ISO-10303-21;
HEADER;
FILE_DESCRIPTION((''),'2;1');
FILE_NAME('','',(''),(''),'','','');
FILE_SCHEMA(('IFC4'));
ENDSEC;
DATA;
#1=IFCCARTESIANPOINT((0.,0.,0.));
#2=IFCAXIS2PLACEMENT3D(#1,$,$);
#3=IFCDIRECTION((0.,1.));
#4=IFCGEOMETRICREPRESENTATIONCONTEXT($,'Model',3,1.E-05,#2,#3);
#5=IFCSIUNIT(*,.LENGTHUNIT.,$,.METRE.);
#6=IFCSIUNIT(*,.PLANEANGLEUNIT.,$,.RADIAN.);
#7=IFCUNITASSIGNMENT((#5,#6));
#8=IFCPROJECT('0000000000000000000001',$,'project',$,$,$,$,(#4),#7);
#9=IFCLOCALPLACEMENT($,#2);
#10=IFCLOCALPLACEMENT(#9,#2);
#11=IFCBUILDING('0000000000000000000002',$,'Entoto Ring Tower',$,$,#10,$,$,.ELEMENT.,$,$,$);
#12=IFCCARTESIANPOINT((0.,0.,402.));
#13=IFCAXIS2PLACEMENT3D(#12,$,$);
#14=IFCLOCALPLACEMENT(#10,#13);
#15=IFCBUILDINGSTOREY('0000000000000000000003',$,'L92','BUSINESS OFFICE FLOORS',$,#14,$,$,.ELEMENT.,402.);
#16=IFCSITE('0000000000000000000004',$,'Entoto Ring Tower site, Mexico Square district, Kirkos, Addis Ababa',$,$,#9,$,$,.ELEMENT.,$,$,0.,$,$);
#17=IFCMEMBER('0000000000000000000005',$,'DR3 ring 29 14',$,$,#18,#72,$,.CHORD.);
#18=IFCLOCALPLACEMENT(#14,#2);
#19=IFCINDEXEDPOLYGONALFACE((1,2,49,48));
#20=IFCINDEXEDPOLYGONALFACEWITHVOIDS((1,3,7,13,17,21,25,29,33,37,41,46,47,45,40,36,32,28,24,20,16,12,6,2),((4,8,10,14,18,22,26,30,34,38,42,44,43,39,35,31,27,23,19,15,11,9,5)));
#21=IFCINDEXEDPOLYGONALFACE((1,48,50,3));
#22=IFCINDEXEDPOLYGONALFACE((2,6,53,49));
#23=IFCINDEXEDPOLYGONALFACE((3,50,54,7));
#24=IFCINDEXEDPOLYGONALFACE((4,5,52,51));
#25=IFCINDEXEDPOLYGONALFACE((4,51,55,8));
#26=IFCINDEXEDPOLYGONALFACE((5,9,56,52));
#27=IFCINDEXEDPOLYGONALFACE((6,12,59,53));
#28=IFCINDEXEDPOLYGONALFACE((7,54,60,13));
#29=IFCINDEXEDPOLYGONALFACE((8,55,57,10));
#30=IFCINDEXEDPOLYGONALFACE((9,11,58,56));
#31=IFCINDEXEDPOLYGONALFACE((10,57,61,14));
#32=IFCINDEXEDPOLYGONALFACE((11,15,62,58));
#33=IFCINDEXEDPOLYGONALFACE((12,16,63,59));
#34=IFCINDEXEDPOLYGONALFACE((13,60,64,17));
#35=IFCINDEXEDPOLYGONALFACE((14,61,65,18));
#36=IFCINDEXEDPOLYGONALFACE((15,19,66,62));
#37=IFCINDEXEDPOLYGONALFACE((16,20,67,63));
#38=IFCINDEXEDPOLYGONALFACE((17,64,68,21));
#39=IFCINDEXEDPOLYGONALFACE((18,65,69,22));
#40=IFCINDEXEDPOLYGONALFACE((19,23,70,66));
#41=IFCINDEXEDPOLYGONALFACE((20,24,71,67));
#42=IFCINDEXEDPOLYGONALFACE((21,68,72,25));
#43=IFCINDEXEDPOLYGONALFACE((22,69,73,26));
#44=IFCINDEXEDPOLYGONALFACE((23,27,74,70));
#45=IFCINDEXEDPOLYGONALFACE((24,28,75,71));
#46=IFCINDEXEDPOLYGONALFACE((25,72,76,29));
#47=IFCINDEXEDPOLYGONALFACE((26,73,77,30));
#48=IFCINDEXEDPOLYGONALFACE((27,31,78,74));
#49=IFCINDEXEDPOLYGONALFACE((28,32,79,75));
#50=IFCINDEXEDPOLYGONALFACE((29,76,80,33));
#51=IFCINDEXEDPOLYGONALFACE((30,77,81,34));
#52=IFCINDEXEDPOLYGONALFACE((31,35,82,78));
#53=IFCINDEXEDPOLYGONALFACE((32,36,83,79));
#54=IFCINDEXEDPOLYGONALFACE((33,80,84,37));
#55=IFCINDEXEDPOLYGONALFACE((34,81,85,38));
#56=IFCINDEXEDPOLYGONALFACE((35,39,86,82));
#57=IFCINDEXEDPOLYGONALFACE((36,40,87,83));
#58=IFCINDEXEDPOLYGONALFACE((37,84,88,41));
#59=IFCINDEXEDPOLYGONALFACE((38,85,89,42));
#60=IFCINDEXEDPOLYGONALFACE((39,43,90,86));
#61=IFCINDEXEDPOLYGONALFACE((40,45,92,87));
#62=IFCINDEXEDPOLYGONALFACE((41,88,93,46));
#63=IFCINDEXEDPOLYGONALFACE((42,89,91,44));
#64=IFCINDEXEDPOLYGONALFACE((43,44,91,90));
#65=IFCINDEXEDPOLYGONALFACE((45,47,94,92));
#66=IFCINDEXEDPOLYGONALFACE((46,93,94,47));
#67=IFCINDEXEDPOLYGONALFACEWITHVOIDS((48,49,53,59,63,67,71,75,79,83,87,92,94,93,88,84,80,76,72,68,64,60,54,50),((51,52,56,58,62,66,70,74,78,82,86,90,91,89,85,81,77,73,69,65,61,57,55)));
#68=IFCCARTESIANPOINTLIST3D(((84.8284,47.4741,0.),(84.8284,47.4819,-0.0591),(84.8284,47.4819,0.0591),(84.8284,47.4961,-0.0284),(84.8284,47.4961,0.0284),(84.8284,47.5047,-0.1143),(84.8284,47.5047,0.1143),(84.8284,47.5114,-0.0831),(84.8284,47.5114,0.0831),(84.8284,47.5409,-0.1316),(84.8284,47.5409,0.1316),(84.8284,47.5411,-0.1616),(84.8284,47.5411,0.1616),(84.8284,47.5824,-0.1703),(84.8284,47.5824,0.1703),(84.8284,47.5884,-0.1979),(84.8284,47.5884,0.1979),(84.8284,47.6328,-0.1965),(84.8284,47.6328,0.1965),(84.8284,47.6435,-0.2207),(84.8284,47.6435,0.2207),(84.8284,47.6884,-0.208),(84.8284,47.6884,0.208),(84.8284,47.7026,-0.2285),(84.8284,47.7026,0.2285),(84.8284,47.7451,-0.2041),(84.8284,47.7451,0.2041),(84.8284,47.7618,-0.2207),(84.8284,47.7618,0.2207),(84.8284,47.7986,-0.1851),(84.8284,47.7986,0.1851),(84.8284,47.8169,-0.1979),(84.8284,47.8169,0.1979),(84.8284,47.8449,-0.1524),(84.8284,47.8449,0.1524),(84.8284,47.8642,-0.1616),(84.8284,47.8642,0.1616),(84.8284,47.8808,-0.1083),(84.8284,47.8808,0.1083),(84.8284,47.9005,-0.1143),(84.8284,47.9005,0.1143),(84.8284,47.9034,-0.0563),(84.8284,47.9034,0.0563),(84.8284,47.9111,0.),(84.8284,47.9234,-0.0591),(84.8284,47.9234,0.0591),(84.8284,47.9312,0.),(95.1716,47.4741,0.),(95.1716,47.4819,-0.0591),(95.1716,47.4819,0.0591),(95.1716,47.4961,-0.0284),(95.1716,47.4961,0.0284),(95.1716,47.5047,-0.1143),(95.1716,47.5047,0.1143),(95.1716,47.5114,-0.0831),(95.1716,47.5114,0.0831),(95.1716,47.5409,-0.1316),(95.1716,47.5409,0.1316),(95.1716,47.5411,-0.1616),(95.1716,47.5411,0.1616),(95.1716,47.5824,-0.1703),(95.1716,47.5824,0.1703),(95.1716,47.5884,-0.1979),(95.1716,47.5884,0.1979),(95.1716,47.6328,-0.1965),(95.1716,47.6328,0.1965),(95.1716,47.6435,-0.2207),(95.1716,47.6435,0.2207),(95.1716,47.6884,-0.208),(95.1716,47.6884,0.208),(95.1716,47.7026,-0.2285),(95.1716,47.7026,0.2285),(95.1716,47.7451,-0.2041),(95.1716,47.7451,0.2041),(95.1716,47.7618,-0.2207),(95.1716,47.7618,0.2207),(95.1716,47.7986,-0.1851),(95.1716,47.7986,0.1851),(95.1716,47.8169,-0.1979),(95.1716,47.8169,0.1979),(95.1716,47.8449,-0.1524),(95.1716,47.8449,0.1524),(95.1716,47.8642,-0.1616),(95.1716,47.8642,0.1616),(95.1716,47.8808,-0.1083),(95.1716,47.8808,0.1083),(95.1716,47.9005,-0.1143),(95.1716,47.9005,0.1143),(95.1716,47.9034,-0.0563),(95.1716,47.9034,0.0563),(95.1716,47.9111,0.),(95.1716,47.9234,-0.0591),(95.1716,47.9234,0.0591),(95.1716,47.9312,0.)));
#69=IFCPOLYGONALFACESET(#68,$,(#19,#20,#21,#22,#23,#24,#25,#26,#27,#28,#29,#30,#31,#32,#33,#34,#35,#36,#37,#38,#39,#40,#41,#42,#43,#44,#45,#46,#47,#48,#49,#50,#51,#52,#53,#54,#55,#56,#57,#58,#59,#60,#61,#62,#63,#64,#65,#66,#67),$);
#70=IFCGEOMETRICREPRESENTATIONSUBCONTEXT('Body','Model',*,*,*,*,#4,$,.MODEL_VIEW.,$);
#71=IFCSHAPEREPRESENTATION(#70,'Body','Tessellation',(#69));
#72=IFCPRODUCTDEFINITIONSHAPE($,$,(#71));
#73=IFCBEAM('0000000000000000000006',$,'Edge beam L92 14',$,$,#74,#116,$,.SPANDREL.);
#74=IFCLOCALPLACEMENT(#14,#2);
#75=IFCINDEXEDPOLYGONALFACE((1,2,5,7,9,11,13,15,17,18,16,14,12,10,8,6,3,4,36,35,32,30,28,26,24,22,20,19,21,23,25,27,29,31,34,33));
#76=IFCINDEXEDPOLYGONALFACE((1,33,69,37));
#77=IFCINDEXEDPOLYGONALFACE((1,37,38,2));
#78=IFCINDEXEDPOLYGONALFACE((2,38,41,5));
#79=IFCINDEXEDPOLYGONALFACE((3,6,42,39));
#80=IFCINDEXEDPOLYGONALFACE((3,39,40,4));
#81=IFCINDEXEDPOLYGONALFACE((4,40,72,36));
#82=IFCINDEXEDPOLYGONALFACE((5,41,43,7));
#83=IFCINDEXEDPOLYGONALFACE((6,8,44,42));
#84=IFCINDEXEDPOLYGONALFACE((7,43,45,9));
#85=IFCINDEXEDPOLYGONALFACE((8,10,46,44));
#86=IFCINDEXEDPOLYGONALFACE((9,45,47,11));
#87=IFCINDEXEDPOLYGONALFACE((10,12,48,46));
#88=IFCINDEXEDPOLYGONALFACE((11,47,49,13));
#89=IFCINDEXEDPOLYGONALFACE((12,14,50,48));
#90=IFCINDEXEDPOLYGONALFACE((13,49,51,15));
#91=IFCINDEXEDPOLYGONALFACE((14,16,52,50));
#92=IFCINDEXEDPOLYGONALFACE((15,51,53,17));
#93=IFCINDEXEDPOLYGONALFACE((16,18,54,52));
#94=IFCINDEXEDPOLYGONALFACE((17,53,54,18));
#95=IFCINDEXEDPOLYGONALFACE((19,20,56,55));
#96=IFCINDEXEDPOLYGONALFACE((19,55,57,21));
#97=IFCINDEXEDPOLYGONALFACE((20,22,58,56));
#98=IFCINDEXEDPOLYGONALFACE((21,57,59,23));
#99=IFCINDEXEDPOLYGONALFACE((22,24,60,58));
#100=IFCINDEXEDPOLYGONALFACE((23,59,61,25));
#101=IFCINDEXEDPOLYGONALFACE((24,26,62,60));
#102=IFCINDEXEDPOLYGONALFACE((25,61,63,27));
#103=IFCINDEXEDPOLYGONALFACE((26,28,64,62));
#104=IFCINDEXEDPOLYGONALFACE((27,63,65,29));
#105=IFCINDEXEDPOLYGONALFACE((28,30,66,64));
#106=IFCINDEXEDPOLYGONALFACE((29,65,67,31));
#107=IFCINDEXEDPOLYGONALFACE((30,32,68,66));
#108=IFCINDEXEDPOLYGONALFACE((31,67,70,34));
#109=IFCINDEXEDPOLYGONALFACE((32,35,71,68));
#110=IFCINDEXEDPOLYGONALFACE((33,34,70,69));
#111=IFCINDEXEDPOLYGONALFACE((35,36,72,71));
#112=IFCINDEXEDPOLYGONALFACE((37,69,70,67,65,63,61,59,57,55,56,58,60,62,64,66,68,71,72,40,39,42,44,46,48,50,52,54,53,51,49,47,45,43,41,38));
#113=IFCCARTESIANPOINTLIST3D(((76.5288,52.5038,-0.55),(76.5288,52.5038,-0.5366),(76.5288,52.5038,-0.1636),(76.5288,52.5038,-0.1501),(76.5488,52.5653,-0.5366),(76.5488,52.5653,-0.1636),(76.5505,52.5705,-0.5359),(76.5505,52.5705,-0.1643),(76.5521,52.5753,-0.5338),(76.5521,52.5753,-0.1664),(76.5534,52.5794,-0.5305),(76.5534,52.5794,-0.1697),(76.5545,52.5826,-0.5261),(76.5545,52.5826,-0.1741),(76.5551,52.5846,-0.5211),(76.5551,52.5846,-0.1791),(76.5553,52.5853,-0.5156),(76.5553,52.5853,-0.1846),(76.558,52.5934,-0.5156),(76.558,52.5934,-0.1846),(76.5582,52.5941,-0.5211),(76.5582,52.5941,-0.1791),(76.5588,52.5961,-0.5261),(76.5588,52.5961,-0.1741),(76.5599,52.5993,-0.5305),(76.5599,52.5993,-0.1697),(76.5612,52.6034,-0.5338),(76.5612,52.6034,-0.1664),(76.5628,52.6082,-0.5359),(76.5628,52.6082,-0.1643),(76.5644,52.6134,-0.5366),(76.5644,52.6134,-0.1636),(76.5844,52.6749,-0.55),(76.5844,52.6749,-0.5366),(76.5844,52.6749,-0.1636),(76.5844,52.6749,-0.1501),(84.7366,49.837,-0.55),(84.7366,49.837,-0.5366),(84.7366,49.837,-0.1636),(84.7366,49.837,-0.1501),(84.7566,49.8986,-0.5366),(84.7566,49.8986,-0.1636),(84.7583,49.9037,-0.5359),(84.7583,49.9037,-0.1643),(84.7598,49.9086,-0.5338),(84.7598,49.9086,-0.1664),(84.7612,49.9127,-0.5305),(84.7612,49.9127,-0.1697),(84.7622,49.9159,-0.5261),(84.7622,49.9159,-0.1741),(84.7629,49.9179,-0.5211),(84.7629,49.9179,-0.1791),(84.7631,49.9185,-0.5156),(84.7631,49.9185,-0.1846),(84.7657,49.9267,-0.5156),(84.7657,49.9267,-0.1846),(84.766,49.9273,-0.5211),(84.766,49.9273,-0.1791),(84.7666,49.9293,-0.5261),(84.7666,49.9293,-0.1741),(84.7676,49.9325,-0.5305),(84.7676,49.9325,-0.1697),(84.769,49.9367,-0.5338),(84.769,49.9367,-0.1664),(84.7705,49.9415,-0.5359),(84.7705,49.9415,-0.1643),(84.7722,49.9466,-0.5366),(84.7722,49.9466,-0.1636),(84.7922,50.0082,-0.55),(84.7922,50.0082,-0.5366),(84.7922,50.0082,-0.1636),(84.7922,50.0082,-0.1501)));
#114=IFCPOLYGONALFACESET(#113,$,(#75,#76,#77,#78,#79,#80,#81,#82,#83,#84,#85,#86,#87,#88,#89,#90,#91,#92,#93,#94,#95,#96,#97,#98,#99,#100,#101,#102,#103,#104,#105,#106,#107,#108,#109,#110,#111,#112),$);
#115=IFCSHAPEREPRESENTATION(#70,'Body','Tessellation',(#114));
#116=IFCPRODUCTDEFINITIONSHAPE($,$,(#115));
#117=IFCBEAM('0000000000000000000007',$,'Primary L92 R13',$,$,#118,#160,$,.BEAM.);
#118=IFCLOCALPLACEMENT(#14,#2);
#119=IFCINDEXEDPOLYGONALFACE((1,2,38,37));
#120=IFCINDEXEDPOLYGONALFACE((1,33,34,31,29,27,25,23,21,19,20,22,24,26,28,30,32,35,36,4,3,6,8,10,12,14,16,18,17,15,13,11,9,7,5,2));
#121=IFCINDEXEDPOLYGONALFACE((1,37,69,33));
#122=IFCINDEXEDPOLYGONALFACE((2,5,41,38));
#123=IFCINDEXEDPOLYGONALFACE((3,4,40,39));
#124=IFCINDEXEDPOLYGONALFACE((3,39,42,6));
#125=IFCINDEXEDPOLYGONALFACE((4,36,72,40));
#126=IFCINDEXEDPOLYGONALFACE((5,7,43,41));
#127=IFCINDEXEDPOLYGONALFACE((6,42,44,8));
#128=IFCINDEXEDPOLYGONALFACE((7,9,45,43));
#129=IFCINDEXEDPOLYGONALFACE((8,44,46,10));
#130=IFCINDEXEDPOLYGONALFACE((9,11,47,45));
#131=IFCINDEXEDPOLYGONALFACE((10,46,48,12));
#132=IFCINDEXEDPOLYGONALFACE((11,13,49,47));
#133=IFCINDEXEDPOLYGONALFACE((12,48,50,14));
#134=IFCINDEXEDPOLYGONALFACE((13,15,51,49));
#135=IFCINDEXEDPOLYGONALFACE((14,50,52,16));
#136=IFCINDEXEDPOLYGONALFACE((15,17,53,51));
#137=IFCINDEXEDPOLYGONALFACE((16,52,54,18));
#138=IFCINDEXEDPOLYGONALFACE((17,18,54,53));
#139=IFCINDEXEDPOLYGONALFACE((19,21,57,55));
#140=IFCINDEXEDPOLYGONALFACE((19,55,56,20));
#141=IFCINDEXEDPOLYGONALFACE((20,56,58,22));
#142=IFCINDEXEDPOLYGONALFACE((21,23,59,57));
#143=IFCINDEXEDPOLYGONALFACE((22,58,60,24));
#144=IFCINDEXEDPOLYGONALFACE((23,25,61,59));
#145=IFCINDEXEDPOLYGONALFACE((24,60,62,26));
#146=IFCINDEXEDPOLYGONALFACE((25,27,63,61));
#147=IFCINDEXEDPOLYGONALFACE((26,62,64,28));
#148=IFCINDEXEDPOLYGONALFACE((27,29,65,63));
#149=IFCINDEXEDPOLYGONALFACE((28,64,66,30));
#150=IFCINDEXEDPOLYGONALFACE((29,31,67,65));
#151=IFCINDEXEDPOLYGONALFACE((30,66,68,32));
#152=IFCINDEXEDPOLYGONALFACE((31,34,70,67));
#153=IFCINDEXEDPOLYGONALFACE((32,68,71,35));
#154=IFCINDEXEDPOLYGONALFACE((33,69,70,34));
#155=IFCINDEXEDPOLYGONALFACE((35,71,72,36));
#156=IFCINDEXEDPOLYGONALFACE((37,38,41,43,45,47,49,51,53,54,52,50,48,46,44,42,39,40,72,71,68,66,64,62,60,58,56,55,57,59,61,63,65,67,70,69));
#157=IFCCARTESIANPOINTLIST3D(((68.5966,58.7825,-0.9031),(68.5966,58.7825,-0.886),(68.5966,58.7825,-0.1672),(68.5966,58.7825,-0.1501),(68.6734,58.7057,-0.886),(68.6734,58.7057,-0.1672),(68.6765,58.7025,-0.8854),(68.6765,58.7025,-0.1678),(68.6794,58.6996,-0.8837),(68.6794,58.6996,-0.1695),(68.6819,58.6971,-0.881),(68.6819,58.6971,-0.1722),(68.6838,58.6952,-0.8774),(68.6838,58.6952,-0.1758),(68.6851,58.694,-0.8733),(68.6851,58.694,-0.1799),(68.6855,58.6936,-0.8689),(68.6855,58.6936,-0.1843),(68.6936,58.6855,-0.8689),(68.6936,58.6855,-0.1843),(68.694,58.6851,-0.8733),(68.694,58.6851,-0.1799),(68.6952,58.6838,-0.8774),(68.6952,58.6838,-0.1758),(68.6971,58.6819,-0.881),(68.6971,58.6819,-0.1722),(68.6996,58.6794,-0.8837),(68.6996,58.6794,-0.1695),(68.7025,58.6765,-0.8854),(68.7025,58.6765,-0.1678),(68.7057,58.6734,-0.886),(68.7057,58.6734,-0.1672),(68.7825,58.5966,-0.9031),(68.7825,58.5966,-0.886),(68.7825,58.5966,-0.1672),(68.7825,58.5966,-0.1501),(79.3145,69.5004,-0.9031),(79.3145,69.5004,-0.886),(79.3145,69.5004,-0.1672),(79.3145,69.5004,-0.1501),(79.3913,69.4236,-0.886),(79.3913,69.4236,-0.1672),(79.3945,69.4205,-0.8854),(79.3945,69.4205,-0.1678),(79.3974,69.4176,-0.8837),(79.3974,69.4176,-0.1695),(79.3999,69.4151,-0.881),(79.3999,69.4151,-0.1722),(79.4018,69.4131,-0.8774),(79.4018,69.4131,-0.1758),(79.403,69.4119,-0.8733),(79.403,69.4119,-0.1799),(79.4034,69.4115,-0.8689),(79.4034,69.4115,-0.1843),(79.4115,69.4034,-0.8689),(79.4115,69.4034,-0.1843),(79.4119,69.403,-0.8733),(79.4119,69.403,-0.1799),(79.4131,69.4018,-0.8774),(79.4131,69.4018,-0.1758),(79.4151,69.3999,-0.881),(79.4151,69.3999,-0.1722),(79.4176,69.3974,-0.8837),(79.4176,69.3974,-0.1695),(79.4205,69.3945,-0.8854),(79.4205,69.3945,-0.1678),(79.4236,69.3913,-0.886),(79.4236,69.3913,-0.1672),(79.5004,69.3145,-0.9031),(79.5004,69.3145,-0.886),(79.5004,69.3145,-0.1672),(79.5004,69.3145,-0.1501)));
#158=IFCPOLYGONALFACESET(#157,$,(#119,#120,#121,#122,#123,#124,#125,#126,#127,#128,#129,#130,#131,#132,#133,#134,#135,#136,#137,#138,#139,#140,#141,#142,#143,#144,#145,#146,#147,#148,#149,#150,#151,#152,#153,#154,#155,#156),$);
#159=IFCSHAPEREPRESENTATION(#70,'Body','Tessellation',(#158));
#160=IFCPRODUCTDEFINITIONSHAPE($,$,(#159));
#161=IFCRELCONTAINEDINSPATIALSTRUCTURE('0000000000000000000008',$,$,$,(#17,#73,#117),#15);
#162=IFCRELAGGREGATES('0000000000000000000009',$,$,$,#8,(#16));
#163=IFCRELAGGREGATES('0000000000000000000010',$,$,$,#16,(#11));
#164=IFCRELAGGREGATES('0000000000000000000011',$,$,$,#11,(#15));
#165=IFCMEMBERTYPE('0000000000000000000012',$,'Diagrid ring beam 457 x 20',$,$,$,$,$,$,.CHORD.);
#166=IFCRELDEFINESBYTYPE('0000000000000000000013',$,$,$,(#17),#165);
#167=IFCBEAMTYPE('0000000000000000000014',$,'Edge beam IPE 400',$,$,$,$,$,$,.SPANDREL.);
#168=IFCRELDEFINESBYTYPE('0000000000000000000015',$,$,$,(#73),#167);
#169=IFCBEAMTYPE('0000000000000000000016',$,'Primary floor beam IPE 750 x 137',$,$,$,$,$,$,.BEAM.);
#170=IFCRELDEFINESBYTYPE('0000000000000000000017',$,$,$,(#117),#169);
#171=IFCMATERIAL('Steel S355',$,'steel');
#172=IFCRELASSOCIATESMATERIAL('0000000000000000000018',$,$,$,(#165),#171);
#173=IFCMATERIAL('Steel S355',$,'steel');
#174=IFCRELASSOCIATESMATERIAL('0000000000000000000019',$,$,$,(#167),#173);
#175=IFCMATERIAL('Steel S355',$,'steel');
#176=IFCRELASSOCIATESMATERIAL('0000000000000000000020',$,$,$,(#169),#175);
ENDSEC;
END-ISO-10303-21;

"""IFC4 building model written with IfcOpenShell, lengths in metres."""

from ifc_helpers import new_model, si_unit, direction, frame, origin, origin_2d, place, context, subcontext, project, spatial, circle, hollow_circle, i_section, extrude, material, material_profile, profile_set, type_object, element, save


model = new_model("IFC4")

# Units and contexts
model_context = context("Model", 3, precision=1e-05, world=origin(), true_north=direction((0.0, 1.0)))
body_context = subcontext(model_context, "Body", "Model", "MODEL_VIEW")
ifc_project = project(units=[si_unit("LENGTHUNIT", "METRE"), si_unit("PLANEANGLEUNIT", "RADIAN")], contexts=[model_context])

# Site, building, storey
site_placement = place(None, origin())
site = spatial("IfcSite", under=ifc_project, at=site_placement, Name="Entoto Ring Tower site, Mexico Square district, Kirkos, Addis Ababa", CompositionType="ELEMENT", RefElevation=0.0)
building_placement = place(site_placement, origin())
building = spatial("IfcBuilding", under=site, at=building_placement, Name="Entoto Ring Tower", CompositionType="ELEMENT")
storey_placement = place(building_placement, frame((0.0, 0.0, 402.0)))
storey = spatial("IfcBuildingStorey", under=building, at=storey_placement, Name="L92", Description="BUSINESS OFFICE FLOORS", CompositionType="ELEMENT", Elevation=402.0)

# Member
ifc_material_1 = material(Name="Steel S355", Category="steel")
ifc_material_profile_1 = material_profile(ifc_material_1, hollow_circle(Radius=0.2285, WallThickness=0.02, at=origin_2d()), Name="CHS 457 x 20")
ifc_material_2 = material(Name="Concrete C60/75", Category="concrete")
ifc_material_profile_2 = material_profile(ifc_material_2, circle(Radius=0.2085, at=origin_2d()), Name="Concrete C60/75 infill")
ifc_profile_set_1 = profile_set([ifc_material_profile_1, ifc_material_profile_2], Name="Steel S355")
member_type_1 = type_object("IfcMemberType", Name="Diagrid ring beam 457 x 20", PredefinedType="CHORD", material=ifc_profile_set_1)
member_1_placement = place(storey_placement, frame((84.8284, 47.7026, 0.0), z_axis=(1.0, 0.0, 0.0), x_axis=(0.0, 1.0, 0.0)))
element("IfcMember", 1, at=member_1_placement, inside=storey, type_object=member_type_1, Name="DR3 ring 29 14", PredefinedType="CHORD", context=body_context, shape_type="SweptSolid", body=[
    extrude(hollow_circle(Radius=0.2285, WallThickness=0.02, at=origin_2d()), origin(), (0.0, 0.0, 1.0), 10.3433),
])

# Beams
ifc_material_3 = material(Name="Steel S355", Category="steel")
ifc_material_profile_3 = material_profile(ifc_material_3, i_section(OverallWidth=0.1799, OverallDepth=0.3999, WebThickness=0.0085, FlangeThickness=0.0134, FilletRadius=0.021, at=origin_2d()), Name="IPE 400")
ifc_profile_set_2 = profile_set([ifc_material_profile_3], Name="Steel S355")
beam_type_1 = type_object("IfcBeamType", Name="Edge beam IPE 400", PredefinedType="SPANDREL", material=ifc_profile_set_2)
beam_1_placement = place(storey_placement, frame((76.5566, 52.5894, -0.3501), z_axis=(0.95106, -0.309005, 0.0), x_axis=(0.309005, 0.95106, 0.0)))
element("IfcBeam", 2, at=beam_1_placement, inside=storey, type_object=beam_type_1, Name="Edge beam L92 14", PredefinedType="SPANDREL", context=body_context, shape_type="SweptSolid", body=[
    extrude(i_section(OverallWidth=0.1799, OverallDepth=0.3999, WebThickness=0.0085, FlangeThickness=0.0134, FilletRadius=0.021, at=origin_2d()), origin(), (0.0, 0.0, 1.0), 8.6301),
])
ifc_material_4 = material(Name="Steel S355", Category="steel")
ifc_material_profile_4 = material_profile(ifc_material_4, i_section(OverallWidth=0.2629, OverallDepth=0.7529, WebThickness=0.0115, FlangeThickness=0.0171, FilletRadius=0.0171, at=origin_2d()), Name="IPE 750 x 137")
ifc_profile_set_3 = profile_set([ifc_material_profile_4], Name="Steel S355")
beam_type_2 = type_object("IfcBeamType", Name="Primary floor beam IPE 750 x 137", PredefinedType="BEAM", material=ifc_profile_set_3)
beam_2_placement = place(storey_placement, frame((79.4075, 69.4075, -0.5266), z_axis=(-0.707107, -0.707107, 0.0), x_axis=(0.707107, -0.707107, 0.0)))
element("IfcBeam", 3, at=beam_2_placement, inside=storey, type_object=beam_type_2, Name="Primary L92 R13", PredefinedType="BEAM", context=body_context, shape_type="SweptSolid", body=[
    extrude(i_section(OverallWidth=0.2629, OverallDepth=0.7529, WebThickness=0.0115, FlangeThickness=0.0171, FilletRadius=0.0171, at=origin_2d()), origin(), (0.0, 0.0, 1.0), 15.1575),
])

save(model, "model.ifc")
